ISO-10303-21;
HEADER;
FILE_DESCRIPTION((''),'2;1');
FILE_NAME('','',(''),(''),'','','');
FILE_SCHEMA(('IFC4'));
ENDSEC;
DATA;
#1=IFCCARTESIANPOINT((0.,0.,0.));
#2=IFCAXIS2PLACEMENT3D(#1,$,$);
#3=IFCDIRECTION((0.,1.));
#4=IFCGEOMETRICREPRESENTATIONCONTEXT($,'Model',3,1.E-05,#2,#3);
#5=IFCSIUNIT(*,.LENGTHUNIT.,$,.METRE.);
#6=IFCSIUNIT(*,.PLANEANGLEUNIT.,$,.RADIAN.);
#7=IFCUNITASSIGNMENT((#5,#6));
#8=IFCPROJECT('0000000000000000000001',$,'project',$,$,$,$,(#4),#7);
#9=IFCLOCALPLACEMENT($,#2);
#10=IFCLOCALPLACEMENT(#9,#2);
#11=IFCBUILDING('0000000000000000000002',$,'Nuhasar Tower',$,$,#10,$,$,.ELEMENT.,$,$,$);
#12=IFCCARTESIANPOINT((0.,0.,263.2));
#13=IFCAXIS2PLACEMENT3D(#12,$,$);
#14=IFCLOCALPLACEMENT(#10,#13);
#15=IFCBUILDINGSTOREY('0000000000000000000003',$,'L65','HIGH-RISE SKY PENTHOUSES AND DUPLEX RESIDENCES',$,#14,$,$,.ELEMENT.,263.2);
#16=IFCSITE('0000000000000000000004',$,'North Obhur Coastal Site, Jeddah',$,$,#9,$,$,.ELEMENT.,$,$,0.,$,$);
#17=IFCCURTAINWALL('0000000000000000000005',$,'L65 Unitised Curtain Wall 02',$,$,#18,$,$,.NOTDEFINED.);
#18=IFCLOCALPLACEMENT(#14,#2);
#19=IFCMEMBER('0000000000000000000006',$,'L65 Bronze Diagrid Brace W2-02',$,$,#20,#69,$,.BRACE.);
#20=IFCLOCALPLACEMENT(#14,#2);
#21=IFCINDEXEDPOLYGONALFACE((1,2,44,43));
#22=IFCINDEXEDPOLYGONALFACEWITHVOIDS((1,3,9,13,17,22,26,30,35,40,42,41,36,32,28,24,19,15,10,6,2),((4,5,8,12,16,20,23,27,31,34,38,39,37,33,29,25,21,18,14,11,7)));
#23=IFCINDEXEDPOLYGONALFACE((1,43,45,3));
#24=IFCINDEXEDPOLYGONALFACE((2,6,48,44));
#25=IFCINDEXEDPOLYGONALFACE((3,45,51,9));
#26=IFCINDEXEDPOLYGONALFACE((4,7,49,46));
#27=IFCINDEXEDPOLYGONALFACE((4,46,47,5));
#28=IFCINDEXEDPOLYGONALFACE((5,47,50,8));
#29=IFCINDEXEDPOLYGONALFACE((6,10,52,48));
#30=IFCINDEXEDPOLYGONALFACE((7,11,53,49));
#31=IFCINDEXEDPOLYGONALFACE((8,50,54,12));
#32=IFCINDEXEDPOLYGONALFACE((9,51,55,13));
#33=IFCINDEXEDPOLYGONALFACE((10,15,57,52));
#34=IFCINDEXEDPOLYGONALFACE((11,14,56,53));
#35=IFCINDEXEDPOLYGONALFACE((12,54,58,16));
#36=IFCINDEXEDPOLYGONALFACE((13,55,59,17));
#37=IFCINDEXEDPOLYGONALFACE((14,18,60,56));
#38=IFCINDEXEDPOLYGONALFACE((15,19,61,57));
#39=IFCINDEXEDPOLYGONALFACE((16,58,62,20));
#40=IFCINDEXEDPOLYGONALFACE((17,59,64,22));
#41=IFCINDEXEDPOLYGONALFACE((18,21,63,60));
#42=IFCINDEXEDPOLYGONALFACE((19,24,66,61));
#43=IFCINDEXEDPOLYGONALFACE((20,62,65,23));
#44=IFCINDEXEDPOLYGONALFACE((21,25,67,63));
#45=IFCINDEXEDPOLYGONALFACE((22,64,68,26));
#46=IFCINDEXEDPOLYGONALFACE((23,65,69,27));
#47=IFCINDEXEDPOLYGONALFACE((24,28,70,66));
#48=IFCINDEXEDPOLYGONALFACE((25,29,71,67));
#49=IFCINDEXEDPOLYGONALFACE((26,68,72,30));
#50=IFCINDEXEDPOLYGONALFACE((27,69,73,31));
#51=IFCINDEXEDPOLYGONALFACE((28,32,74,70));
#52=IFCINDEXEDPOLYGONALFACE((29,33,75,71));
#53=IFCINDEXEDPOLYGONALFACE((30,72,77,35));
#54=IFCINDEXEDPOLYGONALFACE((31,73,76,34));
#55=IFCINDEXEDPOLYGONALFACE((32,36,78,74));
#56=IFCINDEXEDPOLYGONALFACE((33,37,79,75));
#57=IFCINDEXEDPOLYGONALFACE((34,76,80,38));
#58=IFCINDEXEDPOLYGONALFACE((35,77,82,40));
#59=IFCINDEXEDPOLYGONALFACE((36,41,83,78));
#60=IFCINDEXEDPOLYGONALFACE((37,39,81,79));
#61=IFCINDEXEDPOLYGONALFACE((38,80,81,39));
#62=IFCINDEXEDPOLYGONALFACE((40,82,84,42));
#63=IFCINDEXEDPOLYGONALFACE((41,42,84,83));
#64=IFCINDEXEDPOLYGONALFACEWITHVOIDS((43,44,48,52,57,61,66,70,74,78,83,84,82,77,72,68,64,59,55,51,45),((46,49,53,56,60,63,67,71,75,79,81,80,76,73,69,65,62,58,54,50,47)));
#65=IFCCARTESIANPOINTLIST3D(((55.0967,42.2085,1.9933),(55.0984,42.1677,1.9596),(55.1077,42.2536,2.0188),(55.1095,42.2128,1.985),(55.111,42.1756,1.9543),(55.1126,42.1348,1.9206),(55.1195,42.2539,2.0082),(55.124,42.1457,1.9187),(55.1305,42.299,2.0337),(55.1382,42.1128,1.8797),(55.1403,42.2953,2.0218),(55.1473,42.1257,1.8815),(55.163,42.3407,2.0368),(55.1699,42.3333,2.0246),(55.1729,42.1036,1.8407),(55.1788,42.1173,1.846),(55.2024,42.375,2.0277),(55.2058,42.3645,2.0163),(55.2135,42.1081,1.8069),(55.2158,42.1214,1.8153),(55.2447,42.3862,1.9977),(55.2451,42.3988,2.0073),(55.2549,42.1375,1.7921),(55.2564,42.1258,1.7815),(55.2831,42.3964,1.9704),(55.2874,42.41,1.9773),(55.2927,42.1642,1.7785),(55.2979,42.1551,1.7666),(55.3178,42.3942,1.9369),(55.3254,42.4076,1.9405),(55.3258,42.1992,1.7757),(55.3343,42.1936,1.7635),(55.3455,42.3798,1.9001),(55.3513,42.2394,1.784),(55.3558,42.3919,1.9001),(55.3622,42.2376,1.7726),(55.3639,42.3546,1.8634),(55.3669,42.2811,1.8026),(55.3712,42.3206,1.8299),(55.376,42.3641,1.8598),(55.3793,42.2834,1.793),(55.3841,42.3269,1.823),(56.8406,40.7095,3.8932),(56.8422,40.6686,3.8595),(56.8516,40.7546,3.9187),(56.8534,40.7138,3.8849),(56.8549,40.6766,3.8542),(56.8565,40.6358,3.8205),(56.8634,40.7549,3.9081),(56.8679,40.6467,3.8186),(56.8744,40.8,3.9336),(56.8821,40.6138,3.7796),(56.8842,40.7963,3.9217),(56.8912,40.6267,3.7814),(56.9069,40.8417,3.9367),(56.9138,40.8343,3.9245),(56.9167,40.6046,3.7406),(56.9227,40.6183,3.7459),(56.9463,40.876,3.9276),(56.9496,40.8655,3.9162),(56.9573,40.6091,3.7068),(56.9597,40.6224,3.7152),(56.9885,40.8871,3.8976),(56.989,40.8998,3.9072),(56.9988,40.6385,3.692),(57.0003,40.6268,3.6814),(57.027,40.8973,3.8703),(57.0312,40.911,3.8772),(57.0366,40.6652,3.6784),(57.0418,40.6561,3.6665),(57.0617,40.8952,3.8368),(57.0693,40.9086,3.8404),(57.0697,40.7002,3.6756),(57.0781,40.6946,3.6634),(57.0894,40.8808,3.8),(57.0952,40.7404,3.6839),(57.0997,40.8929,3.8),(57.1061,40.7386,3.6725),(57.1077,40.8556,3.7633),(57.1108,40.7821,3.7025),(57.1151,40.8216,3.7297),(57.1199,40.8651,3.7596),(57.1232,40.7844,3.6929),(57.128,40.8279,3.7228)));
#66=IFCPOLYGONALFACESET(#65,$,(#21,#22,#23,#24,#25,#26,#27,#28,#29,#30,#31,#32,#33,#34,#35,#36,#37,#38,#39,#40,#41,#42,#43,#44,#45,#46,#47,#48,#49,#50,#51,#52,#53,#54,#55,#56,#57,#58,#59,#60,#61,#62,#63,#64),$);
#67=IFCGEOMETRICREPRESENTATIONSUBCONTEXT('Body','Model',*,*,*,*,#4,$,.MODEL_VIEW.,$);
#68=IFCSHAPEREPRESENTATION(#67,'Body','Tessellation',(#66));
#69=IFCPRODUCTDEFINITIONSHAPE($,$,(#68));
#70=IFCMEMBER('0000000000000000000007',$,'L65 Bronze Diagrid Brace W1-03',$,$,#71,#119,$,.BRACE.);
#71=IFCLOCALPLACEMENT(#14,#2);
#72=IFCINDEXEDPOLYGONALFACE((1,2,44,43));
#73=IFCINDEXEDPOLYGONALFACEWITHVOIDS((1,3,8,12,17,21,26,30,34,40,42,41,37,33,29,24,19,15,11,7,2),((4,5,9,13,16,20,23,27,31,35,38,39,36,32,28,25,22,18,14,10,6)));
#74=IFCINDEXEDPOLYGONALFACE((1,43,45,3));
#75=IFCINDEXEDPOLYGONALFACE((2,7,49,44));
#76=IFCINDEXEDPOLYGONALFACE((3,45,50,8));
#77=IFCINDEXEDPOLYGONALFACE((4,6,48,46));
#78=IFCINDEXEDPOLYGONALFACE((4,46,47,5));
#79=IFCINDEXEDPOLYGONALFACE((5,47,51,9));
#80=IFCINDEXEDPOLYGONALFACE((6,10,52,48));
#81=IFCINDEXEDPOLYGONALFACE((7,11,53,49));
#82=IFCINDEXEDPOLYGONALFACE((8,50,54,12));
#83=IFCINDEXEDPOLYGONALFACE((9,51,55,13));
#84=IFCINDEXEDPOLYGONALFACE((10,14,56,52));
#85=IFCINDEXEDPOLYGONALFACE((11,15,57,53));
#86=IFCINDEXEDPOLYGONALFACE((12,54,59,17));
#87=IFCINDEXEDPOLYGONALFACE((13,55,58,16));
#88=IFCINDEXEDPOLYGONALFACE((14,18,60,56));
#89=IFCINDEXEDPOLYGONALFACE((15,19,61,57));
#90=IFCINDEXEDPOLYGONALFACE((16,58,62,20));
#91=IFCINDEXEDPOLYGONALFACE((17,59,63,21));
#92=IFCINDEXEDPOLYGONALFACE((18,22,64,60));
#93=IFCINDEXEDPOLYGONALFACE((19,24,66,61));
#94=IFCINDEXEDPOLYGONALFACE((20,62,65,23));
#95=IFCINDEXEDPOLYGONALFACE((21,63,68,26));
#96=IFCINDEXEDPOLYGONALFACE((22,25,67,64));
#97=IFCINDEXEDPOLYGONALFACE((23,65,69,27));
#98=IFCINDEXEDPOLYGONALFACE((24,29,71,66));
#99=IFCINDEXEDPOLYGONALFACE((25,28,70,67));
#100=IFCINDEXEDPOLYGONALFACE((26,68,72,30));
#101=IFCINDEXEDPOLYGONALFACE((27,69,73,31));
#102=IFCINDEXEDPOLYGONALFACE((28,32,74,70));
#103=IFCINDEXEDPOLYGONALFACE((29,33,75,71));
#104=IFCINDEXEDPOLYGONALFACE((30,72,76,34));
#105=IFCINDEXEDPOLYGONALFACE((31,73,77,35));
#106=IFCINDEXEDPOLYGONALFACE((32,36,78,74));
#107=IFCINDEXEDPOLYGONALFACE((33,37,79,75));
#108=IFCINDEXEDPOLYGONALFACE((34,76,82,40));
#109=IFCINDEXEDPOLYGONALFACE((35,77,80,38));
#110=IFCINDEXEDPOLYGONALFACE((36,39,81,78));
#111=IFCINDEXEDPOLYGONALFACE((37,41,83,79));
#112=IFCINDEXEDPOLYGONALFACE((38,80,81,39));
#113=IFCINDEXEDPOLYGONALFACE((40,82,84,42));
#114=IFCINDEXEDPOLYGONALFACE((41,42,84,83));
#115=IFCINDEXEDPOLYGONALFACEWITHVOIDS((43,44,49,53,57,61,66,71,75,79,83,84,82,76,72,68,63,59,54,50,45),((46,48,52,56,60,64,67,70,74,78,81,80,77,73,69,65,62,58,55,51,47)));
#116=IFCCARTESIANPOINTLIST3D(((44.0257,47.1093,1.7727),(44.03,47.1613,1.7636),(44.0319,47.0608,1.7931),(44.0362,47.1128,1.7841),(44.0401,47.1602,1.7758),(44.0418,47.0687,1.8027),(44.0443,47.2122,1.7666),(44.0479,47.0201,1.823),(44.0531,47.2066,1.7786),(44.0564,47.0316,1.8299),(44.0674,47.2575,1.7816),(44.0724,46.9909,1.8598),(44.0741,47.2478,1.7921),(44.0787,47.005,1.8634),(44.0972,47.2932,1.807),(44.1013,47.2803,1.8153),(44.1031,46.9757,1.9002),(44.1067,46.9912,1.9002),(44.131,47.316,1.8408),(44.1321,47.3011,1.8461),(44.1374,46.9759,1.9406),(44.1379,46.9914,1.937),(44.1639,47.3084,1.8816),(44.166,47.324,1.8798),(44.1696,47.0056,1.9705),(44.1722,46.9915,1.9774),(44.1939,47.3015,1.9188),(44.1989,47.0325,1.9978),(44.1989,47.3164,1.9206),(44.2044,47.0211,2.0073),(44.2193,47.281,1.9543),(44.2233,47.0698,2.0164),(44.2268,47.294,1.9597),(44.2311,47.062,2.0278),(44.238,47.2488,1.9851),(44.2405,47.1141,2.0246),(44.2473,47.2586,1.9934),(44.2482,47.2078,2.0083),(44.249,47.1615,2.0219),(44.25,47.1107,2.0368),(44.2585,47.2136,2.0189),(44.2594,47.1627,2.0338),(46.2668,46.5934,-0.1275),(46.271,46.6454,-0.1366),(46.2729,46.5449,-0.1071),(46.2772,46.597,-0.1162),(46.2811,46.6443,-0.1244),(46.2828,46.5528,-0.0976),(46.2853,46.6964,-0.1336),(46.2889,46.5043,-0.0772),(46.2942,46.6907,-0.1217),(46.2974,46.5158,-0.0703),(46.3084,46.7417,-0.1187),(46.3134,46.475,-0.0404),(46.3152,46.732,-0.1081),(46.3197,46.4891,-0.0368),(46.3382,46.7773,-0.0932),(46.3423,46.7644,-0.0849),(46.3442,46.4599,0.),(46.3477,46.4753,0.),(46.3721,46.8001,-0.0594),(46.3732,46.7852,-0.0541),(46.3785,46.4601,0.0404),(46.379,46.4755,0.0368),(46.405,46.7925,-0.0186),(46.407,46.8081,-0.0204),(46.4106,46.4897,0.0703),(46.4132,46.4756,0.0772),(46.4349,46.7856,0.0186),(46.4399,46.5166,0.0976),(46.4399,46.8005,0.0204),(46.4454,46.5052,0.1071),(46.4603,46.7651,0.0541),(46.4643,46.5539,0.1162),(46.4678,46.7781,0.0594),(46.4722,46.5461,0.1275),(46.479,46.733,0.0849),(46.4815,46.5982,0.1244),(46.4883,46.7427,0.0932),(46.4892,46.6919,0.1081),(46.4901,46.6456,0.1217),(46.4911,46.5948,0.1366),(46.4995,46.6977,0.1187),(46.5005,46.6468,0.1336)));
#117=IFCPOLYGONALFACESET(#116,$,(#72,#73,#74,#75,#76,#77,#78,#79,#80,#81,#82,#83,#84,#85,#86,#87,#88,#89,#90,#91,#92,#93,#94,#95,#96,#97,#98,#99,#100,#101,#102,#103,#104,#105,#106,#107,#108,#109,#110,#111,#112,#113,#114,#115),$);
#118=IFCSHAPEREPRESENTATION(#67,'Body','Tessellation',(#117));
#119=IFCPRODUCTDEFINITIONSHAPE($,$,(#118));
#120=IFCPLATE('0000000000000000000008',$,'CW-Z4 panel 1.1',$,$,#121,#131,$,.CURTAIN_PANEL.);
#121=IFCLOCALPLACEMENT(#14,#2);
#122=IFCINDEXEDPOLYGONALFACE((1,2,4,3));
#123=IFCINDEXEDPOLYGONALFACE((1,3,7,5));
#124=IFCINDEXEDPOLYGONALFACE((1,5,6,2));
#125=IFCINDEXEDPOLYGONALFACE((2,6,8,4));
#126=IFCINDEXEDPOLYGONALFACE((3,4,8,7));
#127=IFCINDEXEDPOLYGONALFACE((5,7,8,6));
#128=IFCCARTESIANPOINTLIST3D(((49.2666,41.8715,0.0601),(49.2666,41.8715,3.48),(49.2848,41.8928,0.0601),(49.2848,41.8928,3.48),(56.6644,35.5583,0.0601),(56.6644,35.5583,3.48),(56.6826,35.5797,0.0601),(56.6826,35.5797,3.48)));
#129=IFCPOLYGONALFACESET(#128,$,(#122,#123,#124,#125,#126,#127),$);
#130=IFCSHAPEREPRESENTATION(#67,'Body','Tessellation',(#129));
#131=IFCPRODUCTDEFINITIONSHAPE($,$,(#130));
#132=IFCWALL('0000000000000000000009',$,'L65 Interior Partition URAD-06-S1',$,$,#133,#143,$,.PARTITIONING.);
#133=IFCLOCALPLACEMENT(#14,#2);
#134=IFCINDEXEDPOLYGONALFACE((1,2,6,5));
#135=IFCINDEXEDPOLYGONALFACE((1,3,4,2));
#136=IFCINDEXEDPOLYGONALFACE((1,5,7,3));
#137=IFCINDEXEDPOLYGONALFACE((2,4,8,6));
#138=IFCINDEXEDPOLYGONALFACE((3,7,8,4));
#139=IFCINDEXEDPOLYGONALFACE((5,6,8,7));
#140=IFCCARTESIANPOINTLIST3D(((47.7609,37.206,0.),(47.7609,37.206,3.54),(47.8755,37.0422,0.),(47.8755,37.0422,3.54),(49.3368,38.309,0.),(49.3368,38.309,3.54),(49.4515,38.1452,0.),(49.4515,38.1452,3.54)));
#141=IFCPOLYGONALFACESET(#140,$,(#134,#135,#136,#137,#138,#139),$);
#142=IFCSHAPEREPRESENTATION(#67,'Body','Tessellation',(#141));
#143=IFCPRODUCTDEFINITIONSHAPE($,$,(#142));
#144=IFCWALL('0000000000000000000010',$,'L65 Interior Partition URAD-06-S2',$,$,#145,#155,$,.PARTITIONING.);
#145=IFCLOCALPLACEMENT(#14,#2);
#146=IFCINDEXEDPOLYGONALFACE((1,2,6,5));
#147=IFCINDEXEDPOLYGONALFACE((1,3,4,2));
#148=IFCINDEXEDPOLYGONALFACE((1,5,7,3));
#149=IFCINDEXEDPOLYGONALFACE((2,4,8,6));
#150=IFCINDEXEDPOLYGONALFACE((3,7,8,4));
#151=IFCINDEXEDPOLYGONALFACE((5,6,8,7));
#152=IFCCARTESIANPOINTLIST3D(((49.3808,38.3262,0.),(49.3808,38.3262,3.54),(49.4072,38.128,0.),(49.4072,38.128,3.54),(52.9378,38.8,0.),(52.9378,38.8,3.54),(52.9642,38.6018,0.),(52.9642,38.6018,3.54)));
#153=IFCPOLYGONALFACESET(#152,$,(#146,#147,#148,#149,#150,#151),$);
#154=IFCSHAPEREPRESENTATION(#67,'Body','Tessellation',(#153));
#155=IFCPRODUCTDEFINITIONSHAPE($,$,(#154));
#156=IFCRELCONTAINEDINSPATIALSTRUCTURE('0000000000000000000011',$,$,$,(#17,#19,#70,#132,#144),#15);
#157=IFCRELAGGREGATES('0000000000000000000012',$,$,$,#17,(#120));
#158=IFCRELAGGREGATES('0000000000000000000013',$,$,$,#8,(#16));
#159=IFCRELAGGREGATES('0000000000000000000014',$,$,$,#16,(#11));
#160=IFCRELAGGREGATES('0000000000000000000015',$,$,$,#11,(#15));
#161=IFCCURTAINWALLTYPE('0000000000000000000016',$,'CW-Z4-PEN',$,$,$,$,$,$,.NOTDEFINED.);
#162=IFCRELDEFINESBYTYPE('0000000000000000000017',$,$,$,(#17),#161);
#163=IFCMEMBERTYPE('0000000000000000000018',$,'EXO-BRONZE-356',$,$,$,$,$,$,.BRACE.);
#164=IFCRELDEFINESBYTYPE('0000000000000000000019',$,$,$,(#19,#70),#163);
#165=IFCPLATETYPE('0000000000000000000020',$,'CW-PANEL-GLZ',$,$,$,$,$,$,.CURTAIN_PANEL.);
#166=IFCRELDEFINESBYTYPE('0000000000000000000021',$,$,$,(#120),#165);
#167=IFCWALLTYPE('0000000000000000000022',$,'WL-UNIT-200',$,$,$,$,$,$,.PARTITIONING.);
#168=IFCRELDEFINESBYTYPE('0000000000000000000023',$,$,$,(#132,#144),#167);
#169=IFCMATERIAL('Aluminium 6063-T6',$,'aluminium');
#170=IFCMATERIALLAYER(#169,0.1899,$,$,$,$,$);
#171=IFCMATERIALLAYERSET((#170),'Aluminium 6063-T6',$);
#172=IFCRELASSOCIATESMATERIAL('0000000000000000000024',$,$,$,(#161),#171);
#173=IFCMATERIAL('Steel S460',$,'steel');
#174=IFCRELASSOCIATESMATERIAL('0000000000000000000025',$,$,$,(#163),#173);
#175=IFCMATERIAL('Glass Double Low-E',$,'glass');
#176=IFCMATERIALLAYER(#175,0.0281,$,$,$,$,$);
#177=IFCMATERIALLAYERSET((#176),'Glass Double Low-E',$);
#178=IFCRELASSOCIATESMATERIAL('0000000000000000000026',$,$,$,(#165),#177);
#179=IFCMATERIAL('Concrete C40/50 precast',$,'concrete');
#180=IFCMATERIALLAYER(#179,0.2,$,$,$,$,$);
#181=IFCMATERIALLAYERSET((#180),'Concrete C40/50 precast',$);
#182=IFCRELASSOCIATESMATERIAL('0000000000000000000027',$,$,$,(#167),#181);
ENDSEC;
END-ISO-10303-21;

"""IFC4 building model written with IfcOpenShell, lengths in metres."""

from ifc_helpers import new_model, si_unit, direction, frame, frame_2d, origin, origin_2d, place, context, subcontext, project, spatial, rectangle, hollow_circle, extrude, material, layer, layer_set, material_profile, profile_set, type_object, element, aggregate, save


model = new_model("IFC4")

# Units and contexts
model_context = context("Model", 3, precision=1e-05, world=origin(), true_north=direction((0.0, 1.0)))
body_context = subcontext(model_context, "Body", "Model", "MODEL_VIEW")
ifc_project = project(units=[si_unit("LENGTHUNIT", "METRE"), si_unit("PLANEANGLEUNIT", "RADIAN")], contexts=[model_context])

# Site, building, storey
site_placement = place(None, origin())
site = spatial("IfcSite", under=ifc_project, at=site_placement, Name="North Obhur Coastal Site, Jeddah", CompositionType="ELEMENT", RefElevation=0.0)
building_placement = place(site_placement, origin())
building = spatial("IfcBuilding", under=site, at=building_placement, Name="Nuhasar Tower", CompositionType="ELEMENT")
storey_placement = place(building_placement, frame((0.0, 0.0, 263.2)))
storey = spatial("IfcBuildingStorey", under=building, at=storey_placement, Name="L65", Description="HIGH-RISE SKY PENTHOUSES AND DUPLEX RESIDENCES", CompositionType="ELEMENT", Elevation=263.2)

# Curtain wall
ifc_material_1 = material(Name="Aluminium 6063-T6", Category="aluminium")
ifc_layer_1 = layer(ifc_material_1, 0.1899)
ifc_layer_set_1 = layer_set([ifc_layer_1], Name="Aluminium 6063-T6")
curtain_wall_type = type_object("IfcCurtainWallType", Name="CW-Z4-PEN", PredefinedType="NOTDEFINED", material=ifc_layer_set_1)
curtain_wall_1_placement = place(storey_placement, origin())
curtain_wall_1 = element("IfcCurtainWall", 1, at=curtain_wall_1_placement, inside=storey, type_object=curtain_wall_type, Name="L65 Unitised Curtain Wall 02", PredefinedType="NOTDEFINED")

# Members
ifc_material_2 = material(Name="Steel S460", Category="steel")
ifc_material_profile_1 = material_profile(ifc_material_2, hollow_circle(Radius=0.1777, WallThickness=0.0159, at=origin_2d()), Name="HSS355.6X15.9")
ifc_profile_set_1 = profile_set([ifc_material_profile_1], Name="Steel S460")
member_type_1 = type_object("IfcMemberType", Name="EXO-BRONZE-356", PredefinedType="BRACE", material=ifc_profile_set_1)
member_1_placement = place(storey_placement, frame((55.24, 42.2571, 1.9001), z_axis=(0.584625, -0.502534, 0.636925), x_axis=(0.651857, 0.758342, 0.0)))
element("IfcMember", 2, at=member_1_placement, inside=storey, type_object=member_type_1, Name="L65 Bronze Diagrid Brace W2-02", PredefinedType="BRACE", context=body_context, shape_type="SweptSolid", body=[
    extrude(hollow_circle(Radius=0.1777, WallThickness=0.0159, at=origin_2d()), origin(), (0.0, 0.0, 1.0), 2.9829),
])
member_2_placement = place(storey_placement, frame((46.384, 46.6331, 0.0), z_axis=(-0.751232, 0.172933, 0.63698), x_axis=(-0.224332, -0.974513, 0.0)))
element("IfcMember", 3, at=member_2_placement, inside=storey, type_object=member_type_1, Name="L65 Bronze Diagrid Brace W1-03", PredefinedType="BRACE", context=body_context, shape_type="SweptSolid", body=[
    extrude(hollow_circle(Radius=0.1777, WallThickness=0.0159, at=origin_2d()), origin(), (0.0, 0.0, 1.0), 2.9832),
])

# Plate
ifc_material_3 = material(Name="Glass Double Low-E", Category="glass")
ifc_layer_2 = layer(ifc_material_3, 0.0281)
ifc_layer_set_2 = layer_set([ifc_layer_2], Name="Glass Double Low-E")
plate_type = type_object("IfcPlateType", Name="CW-PANEL-GLZ", PredefinedType="CURTAIN_PANEL", material=ifc_layer_set_2)
plate_placement = place(storey_placement, frame((52.9746, 38.7256, 0.0601), z_axis=(0.0, 0.0, 1.0), x_axis=(-0.760667, 0.649142, 0.0)))
plate = element("IfcPlate", 4, at=plate_placement, type_object=plate_type, Name="CW-Z4 panel 1.1", PredefinedType="CURTAIN_PANEL", context=body_context, shape_type="SweptSolid", body=[
    extrude(rectangle(XDim=9.7253, YDim=0.0281, at=origin_2d()), origin(), (0.0, 0.0, 1.0), 3.4199),
])
aggregate(curtain_wall_1, [plate])

# Walls
ifc_material_4 = material(Name="Concrete C40/50 precast", Category="concrete")
ifc_layer_3 = layer(ifc_material_4, 0.2)
ifc_layer_set_3 = layer_set([ifc_layer_3], Name="Concrete C40/50 precast")
wall_type_1 = type_object("IfcWallType", Name="WL-UNIT-200", PredefinedType="PARTITIONING", material=ifc_layer_set_3)
wall_1_placement = place(storey_placement, frame((47.8181, 37.124, 0.0), z_axis=(0.0, 0.0, 1.0), x_axis=(0.819262, 0.57342, 0.0)))
element("IfcWall", 5, at=wall_1_placement, inside=storey, type_object=wall_type_1, Name="L65 Interior Partition URAD-06-S1", PredefinedType="PARTITIONING", context=body_context, shape_type="SweptSolid", body=[
    extrude(rectangle(XDim=1.9236, YDim=0.2, at=frame_2d((0.9619, 0.0))), origin(), (0.0, 0.0, 1.0), 3.54),
])
wall_2_placement = place(storey_placement, frame((49.394, 38.2271, 0.0), z_axis=(0.0, 0.0, 1.0), x_axis=(0.991242, 0.132061, 0.0)))
element("IfcWall", 6, at=wall_2_placement, inside=storey, type_object=wall_type_1, Name="L65 Interior Partition URAD-06-S2", PredefinedType="PARTITIONING", context=body_context, shape_type="SweptSolid", body=[
    extrude(rectangle(XDim=3.5884, YDim=0.2, at=frame_2d((1.7942, 0.0))), origin(), (0.0, 0.0, 1.0), 3.54),
])

save(model, "model.ifc")
